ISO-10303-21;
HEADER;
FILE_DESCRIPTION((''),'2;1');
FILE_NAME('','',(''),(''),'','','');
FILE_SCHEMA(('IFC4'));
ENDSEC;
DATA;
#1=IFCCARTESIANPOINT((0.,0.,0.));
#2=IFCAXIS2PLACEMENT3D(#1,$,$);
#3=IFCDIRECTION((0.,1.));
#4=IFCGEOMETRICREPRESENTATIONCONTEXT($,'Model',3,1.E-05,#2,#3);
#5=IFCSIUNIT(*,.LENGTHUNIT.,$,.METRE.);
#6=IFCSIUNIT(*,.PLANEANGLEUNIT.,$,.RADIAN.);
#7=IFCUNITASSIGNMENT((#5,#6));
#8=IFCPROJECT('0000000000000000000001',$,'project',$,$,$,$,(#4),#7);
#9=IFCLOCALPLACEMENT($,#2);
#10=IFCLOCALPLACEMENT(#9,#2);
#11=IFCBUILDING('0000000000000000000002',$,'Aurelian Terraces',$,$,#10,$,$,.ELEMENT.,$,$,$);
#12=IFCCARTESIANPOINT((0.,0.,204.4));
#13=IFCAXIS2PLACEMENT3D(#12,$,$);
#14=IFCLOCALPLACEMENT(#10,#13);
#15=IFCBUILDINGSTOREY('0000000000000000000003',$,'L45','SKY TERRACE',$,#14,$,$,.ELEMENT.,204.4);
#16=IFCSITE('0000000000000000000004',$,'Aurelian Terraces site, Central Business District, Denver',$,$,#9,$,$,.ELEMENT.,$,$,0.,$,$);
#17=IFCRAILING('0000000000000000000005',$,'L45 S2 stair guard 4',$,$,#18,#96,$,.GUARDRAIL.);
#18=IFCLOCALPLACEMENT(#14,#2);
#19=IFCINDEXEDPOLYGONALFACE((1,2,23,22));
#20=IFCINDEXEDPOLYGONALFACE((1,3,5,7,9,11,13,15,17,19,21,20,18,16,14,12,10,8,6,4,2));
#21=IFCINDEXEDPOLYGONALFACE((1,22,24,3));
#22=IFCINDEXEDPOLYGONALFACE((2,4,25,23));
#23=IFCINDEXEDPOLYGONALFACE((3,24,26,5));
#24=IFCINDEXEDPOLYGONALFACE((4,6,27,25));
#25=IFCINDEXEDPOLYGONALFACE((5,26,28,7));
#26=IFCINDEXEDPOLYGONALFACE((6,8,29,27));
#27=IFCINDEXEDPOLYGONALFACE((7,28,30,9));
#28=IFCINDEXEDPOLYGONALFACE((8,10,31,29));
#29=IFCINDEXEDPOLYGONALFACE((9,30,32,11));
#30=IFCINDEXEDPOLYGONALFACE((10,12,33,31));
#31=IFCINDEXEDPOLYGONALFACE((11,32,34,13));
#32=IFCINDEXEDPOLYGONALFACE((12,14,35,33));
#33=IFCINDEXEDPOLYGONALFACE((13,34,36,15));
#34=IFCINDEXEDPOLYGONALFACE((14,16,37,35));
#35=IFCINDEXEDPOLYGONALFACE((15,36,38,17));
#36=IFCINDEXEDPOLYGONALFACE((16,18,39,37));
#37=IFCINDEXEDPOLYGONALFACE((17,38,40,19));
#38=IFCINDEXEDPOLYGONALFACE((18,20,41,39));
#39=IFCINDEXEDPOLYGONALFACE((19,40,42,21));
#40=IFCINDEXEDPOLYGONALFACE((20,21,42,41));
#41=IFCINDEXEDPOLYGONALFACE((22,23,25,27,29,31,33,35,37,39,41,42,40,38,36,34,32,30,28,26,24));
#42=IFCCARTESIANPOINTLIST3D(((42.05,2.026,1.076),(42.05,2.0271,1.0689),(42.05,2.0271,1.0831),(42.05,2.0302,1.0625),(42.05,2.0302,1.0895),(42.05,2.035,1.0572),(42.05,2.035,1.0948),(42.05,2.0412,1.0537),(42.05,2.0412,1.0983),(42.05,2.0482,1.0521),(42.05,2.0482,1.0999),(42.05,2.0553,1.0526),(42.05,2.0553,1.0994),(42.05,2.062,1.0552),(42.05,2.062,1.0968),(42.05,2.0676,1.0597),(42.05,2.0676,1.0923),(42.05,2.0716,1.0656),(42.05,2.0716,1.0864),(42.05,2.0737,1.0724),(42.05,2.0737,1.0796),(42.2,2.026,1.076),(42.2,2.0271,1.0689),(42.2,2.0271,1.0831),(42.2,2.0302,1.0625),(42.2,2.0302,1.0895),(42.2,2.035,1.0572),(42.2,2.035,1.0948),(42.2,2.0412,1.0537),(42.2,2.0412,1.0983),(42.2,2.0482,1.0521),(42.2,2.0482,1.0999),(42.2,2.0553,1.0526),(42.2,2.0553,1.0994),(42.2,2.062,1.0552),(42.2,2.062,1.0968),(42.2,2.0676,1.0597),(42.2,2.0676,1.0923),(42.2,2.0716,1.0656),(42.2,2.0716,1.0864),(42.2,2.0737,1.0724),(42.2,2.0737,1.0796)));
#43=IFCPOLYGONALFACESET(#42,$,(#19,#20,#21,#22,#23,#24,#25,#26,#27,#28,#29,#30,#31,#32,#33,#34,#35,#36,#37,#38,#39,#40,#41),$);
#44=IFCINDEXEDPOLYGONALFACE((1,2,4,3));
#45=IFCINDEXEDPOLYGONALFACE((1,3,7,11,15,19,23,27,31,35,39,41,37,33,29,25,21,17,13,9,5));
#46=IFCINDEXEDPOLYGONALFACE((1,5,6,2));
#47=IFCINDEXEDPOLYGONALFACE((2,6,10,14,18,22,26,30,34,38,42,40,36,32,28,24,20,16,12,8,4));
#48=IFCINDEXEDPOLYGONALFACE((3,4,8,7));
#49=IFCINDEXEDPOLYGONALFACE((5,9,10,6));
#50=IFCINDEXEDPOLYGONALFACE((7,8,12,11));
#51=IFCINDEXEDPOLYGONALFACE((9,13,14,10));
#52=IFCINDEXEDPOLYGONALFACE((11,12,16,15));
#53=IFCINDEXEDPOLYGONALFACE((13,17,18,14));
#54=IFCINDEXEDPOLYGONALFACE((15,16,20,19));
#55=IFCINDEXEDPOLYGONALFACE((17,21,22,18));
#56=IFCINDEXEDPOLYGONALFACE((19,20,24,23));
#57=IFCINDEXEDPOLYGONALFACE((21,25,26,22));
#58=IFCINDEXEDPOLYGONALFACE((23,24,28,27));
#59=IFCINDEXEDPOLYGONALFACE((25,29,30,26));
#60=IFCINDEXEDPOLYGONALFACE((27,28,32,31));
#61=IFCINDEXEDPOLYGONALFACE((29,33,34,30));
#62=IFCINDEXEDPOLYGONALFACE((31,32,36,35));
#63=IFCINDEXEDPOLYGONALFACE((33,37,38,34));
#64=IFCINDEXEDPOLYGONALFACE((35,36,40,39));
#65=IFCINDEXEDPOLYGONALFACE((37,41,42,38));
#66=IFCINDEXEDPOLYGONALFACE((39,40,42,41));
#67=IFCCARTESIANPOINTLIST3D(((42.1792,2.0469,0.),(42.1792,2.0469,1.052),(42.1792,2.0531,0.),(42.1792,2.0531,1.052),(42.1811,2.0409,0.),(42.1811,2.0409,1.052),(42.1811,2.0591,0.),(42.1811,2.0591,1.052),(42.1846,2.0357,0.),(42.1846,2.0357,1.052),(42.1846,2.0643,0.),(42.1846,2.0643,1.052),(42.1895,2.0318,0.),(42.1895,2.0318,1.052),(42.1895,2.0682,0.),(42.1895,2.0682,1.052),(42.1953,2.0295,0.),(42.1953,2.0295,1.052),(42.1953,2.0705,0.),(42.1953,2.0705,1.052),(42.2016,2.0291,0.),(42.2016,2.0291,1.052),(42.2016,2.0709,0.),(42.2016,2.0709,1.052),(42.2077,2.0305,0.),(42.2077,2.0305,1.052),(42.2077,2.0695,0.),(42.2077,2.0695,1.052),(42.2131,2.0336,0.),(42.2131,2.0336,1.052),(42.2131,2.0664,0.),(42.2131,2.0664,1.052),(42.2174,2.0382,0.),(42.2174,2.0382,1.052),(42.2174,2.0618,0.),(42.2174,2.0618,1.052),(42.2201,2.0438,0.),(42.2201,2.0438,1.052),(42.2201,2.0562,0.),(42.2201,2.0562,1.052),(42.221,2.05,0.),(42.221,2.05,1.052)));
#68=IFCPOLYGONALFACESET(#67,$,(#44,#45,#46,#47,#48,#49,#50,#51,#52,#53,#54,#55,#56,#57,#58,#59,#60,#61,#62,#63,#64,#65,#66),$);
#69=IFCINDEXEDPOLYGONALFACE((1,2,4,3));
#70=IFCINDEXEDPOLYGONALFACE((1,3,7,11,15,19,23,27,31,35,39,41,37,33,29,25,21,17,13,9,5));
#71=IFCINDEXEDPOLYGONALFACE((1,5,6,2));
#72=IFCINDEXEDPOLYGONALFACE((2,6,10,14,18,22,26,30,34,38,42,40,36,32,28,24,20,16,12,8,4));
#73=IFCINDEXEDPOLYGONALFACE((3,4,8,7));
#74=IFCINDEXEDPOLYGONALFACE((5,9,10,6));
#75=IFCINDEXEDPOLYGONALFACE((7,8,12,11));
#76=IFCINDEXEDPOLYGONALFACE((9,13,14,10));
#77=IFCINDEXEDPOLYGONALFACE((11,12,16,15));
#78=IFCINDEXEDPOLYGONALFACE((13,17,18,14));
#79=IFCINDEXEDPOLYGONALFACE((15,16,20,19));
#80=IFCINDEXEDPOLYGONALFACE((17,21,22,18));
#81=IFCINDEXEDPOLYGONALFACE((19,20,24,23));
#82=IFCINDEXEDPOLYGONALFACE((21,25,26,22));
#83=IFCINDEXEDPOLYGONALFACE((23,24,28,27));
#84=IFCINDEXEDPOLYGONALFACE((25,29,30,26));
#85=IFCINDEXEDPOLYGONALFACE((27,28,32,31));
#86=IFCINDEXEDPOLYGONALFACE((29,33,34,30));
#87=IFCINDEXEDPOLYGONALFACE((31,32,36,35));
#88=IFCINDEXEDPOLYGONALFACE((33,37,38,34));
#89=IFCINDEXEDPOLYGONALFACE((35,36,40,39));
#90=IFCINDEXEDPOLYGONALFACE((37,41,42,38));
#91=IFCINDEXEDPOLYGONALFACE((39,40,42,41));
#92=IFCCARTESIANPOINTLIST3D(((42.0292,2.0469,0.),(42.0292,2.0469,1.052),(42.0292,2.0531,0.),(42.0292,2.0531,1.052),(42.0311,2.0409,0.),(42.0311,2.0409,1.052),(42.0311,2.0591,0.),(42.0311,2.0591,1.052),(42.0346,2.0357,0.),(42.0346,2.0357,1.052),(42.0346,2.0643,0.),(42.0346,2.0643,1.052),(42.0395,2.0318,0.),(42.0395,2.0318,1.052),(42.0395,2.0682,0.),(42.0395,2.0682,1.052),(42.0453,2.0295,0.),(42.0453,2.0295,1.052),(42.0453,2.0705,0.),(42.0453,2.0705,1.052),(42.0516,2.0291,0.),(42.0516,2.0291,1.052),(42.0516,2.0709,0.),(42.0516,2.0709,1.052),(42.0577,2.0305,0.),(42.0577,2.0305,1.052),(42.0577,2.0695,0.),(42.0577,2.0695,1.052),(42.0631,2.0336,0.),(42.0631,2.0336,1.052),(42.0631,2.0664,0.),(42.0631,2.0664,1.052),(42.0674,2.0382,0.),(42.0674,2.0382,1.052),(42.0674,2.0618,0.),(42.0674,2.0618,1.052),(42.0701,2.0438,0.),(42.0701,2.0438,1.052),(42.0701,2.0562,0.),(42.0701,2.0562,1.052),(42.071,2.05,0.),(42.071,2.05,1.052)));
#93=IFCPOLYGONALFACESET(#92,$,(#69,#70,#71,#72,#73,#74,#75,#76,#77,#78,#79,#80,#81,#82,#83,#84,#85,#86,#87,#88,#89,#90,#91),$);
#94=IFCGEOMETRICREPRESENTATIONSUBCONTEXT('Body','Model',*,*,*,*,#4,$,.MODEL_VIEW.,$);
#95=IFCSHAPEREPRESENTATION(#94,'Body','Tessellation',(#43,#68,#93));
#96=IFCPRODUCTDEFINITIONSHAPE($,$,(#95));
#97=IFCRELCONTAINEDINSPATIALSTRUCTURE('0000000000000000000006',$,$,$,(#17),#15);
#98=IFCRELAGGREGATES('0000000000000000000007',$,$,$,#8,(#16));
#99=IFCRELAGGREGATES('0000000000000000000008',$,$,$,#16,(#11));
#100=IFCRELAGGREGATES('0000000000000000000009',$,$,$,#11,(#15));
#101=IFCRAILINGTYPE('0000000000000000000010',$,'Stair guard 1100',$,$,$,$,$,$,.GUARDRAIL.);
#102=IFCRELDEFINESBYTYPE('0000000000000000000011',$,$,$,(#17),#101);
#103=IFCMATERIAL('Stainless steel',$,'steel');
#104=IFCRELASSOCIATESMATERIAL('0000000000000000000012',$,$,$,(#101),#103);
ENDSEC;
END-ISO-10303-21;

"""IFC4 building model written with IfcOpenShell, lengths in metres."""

from ifc_helpers import new_model, si_unit, direction, frame, origin, origin_2d, place, context, subcontext, project, spatial, circle, extrude, source, transform, mapped, material, type_object, element, save


model = new_model("IFC4")

# Units and contexts
model_context = context("Model", 3, precision=1e-05, world=origin(), true_north=direction((0.0, 1.0)))
body_context = subcontext(model_context, "Body", "Model", "MODEL_VIEW")
ifc_project = project(units=[si_unit("LENGTHUNIT", "METRE"), si_unit("PLANEANGLEUNIT", "RADIAN")], contexts=[model_context])

# Site, building, storey
site_placement = place(None, origin())
site = spatial("IfcSite", under=ifc_project, at=site_placement, Name="Aurelian Terraces site, Central Business District, Denver", CompositionType="ELEMENT", RefElevation=0.0)
building_placement = place(site_placement, origin())
building = spatial("IfcBuilding", under=site, at=building_placement, Name="Aurelian Terraces", CompositionType="ELEMENT")
storey_placement = place(building_placement, frame((0.0, 0.0, 204.4)))
storey = spatial("IfcBuildingStorey", under=building, at=storey_placement, Name="L45", Description="SKY TERRACE", CompositionType="ELEMENT", Elevation=204.4)

# Railing
ifc_material_1 = material(Name="Stainless steel", Category="steel")
railing_type_1 = type_object("IfcRailingType", Name="Stair guard 1100", PredefinedType="GUARDRAIL", material=ifc_material_1)
shared_shape_1 = source(origin(), body_context, "Body", "SweptSolid", [
    extrude(circle(Radius=0.024, at=origin_2d()), frame((0.0, 0.0, 1.076), z_axis=(-1.0, 0.0, 0.0), x_axis=(0.0, -1.0, 0.0)), (0.0, 0.0, 1.0), 0.15),
    extrude(circle(Radius=0.021, at=origin_2d()), origin(), (0.0, 0.0, 1.0), 1.052),
    extrude(circle(Radius=0.021, at=origin_2d()), frame((-0.15, 0.0, 0.0)), (0.0, 0.0, 1.0), 1.052),
])
for number, where, name in (
    (1, (42.2, 2.05, 0.0), "L45 S2 stair guard 4"),
):
    element("IfcRailing", number, at=place(storey_placement, frame(where)), inside=storey, type_object=railing_type_1, Name=name, PredefinedType="GUARDRAIL", context=body_context, shape_type="MappedRepresentation", body=[
        mapped(shared_shape_1, transform((0.0, 0.0, 0.0), scale=1.0)),
    ])

save(model, "model.ifc")
